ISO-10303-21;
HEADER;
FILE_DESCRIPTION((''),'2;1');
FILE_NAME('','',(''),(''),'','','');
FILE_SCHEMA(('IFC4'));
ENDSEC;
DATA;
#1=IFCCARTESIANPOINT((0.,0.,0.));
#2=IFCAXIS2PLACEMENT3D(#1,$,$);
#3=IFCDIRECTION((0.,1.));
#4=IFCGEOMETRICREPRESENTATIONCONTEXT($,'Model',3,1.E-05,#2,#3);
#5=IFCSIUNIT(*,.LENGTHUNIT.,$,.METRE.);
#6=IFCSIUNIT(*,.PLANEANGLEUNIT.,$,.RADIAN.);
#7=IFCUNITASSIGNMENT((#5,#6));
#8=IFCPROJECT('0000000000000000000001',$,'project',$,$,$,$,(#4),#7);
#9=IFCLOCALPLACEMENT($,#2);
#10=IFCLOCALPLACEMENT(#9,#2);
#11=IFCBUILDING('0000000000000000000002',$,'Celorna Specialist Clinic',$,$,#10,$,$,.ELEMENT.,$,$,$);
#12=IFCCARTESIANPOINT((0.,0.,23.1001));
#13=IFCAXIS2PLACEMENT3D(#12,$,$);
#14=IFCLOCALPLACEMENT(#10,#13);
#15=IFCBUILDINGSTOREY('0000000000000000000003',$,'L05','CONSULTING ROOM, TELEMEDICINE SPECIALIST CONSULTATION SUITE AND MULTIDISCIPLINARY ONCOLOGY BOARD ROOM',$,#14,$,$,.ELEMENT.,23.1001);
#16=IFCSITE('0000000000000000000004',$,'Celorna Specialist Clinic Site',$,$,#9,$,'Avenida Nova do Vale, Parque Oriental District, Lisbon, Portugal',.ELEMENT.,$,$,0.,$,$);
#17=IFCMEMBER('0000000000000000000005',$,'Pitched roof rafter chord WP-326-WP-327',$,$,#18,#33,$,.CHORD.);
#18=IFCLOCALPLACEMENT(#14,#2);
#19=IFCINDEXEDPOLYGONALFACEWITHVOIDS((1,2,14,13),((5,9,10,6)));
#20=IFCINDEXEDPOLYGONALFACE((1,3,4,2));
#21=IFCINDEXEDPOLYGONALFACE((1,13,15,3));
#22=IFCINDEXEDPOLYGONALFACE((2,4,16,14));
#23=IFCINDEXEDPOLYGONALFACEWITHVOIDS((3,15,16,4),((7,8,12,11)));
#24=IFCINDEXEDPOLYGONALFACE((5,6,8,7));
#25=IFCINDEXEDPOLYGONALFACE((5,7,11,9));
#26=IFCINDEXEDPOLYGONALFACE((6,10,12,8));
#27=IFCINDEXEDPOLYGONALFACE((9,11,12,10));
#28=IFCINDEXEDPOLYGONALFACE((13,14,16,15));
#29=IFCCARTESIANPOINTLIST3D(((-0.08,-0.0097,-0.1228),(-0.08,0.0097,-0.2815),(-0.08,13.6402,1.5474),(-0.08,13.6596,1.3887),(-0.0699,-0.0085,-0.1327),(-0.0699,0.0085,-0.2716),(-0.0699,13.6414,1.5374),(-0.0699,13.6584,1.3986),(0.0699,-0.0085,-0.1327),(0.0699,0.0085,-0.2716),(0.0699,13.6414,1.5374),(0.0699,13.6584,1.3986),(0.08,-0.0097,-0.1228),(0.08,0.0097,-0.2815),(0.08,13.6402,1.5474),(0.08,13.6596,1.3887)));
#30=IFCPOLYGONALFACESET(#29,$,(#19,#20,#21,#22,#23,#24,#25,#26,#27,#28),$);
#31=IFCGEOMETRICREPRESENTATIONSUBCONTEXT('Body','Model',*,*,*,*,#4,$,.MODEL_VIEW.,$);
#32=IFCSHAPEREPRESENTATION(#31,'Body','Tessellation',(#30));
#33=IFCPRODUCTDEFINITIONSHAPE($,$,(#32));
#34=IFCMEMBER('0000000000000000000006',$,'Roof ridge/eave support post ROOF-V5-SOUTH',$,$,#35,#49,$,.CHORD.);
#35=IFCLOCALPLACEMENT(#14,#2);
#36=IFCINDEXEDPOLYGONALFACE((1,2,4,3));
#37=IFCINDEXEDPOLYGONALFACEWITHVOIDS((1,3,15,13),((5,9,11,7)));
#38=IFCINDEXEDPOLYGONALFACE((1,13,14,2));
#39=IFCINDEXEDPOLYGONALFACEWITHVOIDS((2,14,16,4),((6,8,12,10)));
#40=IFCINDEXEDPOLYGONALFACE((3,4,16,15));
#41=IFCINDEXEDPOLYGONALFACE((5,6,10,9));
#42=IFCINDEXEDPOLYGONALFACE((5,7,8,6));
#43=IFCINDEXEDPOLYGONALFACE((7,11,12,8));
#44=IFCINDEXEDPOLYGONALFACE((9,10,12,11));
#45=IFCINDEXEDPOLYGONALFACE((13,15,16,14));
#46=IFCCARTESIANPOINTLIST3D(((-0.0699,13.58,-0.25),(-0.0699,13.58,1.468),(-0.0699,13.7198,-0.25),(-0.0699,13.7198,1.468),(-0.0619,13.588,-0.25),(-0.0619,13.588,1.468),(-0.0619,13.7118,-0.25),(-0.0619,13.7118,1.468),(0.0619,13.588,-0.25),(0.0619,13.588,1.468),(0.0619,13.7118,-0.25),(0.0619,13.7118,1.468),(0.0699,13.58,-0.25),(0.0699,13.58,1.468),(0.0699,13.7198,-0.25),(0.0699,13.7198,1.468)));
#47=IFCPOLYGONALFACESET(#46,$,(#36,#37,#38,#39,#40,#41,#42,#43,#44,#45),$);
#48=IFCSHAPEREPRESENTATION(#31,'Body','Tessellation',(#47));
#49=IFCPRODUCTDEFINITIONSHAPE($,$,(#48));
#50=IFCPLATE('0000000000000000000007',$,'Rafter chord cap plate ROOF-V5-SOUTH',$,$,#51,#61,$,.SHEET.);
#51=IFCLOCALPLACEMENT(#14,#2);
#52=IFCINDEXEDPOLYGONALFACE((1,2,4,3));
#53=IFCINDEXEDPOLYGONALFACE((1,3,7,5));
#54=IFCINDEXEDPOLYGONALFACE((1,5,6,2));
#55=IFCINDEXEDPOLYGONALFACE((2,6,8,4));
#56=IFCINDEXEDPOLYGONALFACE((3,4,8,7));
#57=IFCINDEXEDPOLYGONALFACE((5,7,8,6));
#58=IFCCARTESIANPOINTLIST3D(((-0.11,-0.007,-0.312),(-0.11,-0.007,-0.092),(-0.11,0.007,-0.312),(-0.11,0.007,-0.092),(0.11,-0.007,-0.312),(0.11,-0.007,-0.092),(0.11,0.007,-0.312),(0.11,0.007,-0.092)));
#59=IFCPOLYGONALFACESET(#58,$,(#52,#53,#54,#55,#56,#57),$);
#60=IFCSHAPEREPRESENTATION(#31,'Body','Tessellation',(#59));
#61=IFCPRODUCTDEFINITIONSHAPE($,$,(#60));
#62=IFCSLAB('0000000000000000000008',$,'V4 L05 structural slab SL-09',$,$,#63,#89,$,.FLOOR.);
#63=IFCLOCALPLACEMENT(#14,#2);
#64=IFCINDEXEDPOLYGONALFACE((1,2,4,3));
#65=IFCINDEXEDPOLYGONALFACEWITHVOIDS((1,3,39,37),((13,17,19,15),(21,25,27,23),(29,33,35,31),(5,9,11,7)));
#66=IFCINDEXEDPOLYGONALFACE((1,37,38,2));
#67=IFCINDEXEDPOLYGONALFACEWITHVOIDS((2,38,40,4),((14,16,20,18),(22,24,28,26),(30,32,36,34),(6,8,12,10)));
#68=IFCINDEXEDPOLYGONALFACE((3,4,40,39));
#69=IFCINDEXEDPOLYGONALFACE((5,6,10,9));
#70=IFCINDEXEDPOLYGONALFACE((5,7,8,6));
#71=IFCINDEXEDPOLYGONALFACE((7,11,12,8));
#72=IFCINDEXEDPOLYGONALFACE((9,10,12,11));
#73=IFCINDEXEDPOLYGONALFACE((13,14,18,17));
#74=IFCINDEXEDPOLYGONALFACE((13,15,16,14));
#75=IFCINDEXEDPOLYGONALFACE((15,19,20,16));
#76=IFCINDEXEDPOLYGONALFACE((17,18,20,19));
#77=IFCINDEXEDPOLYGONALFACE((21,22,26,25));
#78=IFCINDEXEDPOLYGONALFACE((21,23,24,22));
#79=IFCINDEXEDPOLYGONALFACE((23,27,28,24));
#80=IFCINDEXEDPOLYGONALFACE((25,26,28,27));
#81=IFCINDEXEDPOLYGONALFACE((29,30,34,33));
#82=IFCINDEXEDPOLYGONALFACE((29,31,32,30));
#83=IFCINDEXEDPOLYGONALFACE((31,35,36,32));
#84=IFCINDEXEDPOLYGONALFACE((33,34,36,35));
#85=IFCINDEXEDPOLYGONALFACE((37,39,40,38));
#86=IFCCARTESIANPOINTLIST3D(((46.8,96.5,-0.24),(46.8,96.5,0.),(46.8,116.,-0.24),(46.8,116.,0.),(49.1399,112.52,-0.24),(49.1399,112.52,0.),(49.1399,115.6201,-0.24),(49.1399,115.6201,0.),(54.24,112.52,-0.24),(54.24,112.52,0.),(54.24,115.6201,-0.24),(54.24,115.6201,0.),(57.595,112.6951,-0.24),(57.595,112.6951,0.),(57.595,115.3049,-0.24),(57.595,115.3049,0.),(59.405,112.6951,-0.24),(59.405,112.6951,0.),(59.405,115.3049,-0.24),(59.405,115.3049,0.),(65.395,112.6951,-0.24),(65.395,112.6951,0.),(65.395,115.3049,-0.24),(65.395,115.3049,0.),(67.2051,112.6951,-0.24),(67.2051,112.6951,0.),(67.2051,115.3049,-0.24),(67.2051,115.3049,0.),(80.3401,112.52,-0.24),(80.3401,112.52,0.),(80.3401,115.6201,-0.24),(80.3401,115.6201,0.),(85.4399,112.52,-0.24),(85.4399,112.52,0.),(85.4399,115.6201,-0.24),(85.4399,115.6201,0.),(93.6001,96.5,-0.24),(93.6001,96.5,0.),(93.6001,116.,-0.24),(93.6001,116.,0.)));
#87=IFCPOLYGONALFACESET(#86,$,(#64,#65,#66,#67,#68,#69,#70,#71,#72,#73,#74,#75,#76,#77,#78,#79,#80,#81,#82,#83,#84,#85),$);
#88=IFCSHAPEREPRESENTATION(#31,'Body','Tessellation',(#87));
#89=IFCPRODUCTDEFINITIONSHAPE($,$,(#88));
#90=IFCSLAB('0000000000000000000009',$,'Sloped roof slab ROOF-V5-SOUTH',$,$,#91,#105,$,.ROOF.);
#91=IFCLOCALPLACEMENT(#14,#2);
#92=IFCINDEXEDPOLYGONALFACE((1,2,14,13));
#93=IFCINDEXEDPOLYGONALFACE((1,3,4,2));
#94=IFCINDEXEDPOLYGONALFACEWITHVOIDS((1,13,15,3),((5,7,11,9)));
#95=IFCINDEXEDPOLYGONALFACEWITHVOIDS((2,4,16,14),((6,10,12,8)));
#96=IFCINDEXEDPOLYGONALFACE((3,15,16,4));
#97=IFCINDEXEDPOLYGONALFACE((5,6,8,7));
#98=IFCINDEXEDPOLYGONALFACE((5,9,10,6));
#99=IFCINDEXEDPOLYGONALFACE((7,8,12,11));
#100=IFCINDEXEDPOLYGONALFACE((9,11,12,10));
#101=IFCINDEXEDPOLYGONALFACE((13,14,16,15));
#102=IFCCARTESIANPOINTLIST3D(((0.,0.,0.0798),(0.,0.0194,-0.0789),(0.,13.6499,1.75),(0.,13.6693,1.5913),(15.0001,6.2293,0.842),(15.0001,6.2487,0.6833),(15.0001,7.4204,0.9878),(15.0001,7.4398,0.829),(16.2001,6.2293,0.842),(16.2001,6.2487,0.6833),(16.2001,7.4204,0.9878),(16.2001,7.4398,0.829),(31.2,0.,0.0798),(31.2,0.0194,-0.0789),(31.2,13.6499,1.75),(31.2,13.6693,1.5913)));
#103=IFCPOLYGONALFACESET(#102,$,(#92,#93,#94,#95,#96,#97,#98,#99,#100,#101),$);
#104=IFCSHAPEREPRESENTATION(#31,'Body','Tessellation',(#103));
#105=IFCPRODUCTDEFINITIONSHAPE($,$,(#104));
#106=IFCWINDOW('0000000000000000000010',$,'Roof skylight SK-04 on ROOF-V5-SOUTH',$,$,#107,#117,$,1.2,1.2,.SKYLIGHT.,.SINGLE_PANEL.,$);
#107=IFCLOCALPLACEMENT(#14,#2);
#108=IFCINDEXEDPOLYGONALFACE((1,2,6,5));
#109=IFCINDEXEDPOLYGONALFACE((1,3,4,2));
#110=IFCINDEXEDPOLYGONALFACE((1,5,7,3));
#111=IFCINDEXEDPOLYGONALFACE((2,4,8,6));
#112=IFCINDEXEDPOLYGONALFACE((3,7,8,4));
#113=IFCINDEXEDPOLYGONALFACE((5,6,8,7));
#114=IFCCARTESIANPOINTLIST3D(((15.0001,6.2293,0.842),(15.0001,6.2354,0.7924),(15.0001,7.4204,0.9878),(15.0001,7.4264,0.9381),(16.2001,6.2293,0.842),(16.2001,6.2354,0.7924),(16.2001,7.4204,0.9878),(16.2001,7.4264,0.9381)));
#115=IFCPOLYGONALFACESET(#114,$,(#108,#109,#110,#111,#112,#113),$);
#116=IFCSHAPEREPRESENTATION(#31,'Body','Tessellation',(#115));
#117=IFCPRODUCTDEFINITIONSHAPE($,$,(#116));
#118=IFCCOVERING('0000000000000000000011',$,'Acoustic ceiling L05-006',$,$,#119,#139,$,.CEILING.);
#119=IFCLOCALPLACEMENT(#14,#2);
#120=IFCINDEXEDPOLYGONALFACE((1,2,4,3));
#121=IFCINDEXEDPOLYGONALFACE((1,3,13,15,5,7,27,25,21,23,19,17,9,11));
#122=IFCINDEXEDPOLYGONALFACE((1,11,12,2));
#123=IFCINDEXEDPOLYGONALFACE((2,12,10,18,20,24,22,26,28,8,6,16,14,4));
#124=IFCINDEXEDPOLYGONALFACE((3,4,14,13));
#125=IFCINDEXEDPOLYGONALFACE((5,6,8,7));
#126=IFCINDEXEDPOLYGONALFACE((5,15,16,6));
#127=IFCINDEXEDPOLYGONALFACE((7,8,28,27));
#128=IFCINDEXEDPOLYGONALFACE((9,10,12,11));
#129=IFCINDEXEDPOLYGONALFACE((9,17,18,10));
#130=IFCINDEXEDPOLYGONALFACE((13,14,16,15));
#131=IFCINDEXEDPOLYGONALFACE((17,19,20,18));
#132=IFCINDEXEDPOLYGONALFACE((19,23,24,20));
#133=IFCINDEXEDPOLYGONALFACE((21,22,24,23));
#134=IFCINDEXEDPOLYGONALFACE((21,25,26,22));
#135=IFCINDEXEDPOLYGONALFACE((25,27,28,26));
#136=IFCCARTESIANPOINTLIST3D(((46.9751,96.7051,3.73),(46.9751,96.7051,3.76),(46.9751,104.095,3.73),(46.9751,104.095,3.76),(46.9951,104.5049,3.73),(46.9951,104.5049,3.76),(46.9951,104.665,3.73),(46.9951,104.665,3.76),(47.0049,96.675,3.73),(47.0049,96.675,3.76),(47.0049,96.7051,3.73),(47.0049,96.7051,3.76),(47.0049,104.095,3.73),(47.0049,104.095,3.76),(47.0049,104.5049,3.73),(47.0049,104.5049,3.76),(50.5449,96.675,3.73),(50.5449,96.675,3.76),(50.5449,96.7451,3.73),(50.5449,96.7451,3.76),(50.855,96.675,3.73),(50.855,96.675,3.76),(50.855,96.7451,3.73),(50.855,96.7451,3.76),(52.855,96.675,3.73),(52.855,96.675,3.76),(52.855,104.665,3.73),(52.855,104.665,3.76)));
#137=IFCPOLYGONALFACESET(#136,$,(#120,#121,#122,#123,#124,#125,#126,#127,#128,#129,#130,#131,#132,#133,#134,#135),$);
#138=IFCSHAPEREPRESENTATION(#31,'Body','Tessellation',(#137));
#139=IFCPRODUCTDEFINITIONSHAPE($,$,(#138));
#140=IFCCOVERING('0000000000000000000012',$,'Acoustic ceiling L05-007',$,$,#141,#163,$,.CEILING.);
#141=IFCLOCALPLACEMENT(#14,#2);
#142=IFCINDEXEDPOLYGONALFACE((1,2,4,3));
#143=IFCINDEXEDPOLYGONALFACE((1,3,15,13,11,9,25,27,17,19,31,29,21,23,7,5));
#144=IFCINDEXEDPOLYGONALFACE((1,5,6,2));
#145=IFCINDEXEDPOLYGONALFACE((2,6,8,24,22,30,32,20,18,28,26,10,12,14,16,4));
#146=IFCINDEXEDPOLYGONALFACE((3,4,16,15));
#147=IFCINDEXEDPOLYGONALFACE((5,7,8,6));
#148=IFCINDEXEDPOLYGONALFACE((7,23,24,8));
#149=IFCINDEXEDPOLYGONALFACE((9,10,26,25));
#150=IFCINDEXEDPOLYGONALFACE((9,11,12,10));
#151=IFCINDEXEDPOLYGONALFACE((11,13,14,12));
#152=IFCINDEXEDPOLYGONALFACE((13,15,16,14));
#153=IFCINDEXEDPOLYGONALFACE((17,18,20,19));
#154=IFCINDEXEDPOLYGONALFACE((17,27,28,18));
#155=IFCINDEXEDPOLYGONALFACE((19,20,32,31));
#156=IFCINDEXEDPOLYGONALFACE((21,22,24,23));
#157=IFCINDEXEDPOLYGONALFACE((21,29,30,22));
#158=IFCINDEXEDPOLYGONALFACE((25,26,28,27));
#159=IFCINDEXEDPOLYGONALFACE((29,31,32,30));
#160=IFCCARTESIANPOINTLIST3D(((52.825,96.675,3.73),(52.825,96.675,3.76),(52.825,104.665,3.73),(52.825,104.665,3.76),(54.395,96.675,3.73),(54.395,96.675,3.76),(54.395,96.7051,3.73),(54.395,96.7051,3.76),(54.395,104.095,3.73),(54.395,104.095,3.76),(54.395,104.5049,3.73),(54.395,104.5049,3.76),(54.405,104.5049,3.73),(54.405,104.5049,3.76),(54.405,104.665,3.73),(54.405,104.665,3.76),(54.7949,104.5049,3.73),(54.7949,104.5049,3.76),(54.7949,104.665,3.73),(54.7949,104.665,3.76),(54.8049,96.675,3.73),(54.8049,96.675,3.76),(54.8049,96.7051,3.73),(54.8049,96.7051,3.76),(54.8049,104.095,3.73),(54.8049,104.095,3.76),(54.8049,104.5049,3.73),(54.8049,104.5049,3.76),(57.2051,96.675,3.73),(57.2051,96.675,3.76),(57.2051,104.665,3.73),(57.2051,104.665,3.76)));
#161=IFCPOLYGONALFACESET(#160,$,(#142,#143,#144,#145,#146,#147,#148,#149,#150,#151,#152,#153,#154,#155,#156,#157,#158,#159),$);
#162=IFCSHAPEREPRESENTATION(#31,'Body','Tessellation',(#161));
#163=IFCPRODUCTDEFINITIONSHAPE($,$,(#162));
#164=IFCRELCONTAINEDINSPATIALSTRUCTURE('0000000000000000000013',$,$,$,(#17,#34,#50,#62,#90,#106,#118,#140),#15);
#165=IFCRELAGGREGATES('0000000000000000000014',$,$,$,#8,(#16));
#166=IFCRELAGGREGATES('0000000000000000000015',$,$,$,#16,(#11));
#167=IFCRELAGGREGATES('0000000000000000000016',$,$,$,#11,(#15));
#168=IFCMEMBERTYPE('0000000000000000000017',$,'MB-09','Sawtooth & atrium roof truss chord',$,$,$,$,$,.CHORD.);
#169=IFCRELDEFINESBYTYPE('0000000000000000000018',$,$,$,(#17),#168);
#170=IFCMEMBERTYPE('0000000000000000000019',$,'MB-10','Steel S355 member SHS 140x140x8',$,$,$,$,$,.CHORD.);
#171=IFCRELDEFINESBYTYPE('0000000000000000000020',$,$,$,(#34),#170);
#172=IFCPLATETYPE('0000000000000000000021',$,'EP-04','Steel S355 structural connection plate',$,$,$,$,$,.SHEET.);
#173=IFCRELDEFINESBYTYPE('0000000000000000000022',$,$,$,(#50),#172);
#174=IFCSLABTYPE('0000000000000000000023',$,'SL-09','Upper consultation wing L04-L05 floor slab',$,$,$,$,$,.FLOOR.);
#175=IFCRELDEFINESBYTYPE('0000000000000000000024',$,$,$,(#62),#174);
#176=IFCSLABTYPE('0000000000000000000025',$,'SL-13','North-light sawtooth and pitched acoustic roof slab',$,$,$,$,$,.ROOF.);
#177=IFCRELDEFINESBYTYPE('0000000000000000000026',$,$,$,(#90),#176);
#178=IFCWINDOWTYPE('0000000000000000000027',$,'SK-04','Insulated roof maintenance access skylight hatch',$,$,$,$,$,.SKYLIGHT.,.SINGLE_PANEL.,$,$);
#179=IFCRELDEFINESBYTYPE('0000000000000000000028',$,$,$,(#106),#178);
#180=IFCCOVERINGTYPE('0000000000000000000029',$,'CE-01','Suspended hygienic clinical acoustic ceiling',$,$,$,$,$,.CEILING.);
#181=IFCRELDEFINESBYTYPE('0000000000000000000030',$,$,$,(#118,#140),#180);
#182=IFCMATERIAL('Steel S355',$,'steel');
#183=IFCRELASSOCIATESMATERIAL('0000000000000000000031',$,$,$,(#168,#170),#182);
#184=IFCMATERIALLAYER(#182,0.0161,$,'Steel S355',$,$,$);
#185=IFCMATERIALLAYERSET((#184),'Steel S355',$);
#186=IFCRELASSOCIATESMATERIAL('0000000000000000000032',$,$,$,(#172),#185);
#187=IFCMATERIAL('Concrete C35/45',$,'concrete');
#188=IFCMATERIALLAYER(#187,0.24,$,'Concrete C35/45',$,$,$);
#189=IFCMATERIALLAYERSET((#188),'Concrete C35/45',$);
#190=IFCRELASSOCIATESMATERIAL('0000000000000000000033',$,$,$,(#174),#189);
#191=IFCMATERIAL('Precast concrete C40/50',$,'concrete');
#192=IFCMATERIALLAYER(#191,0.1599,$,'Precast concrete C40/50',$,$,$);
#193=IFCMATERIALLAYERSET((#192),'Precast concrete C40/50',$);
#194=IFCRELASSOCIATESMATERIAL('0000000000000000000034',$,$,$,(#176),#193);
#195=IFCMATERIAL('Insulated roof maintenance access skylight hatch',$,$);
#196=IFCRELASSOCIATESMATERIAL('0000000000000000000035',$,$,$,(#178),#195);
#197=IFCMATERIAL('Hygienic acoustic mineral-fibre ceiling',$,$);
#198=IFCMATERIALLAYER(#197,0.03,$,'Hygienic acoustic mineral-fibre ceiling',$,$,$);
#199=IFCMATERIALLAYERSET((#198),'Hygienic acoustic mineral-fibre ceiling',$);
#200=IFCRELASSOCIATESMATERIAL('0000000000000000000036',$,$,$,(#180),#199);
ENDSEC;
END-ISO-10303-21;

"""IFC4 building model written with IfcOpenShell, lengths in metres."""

from ifc_helpers import new_model, si_unit, direction, frame, origin, origin_2d, place, context, subcontext, project, spatial, polyline, rectangle, hollow_rectangle, outline, extrude, material, layer, layer_set, material_profile, profile_set, type_object, element, fill, save


model = new_model("IFC4")

# Units and contexts
model_context = context("Model", 3, precision=1e-05, world=origin(), true_north=direction((0.0, 1.0)))
body_context = subcontext(model_context, "Body", "Model", "MODEL_VIEW")
ifc_project = project(units=[si_unit("LENGTHUNIT", "METRE"), si_unit("PLANEANGLEUNIT", "RADIAN")], contexts=[model_context])

# Site, building, storey
site_placement = place(None, origin())
site = spatial("IfcSite", under=ifc_project, at=site_placement, Name="Celorna Specialist Clinic Site", LongName="Avenida Nova do Vale, Parque Oriental District, Lisbon, Portugal", CompositionType="ELEMENT", RefElevation=0.0)
building_placement = place(site_placement, origin())
building = spatial("IfcBuilding", under=site, at=building_placement, Name="Celorna Specialist Clinic", CompositionType="ELEMENT")
storey_placement = place(building_placement, frame((0.0, 0.0, 23.1001)))
storey = spatial("IfcBuildingStorey", under=building, at=storey_placement, Name="L05", Description="CONSULTING ROOM, TELEMEDICINE SPECIALIST CONSULTATION SUITE AND MULTIDISCIPLINARY ONCOLOGY BOARD ROOM", CompositionType="ELEMENT", Elevation=23.1001)

# Shared definitions
ifc_material_1 = material(Name="Steel S355", Category="steel")

# Members
ifc_material_profile_1 = material_profile(ifc_material_1, hollow_rectangle(XDim=0.1599, YDim=0.1599, WallThickness=0.01, at=origin_2d()), Name="SHS 160x160x10")
ifc_profile_set_1 = profile_set([ifc_material_profile_1], Name="Steel S355")
member_type_1 = type_object("IfcMemberType", Name="MB-09", Description="Sawtooth & atrium roof truss chord", PredefinedType="CHORD", material=ifc_profile_set_1)
member_1_placement = place(storey_placement, frame((0.0, 0.0, -0.2021), z_axis=(0.0, 0.992597, 0.121452), x_axis=(-1.0, 0.0, 0.0)))
element("IfcMember", 1, at=member_1_placement, inside=storey, type_object=member_type_1, Name="Pitched roof rafter chord WP-326-WP-327", PredefinedType="CHORD", context=body_context, shape_type="SweptSolid", body=[
    extrude(hollow_rectangle(XDim=0.1599, YDim=0.1599, WallThickness=0.01, at=origin_2d()), origin(), (0.0, 0.0, 1.0), 13.7517),
])
ifc_material_profile_2 = material_profile(ifc_material_1, hollow_rectangle(XDim=0.1399, YDim=0.1399, WallThickness=0.0081, at=origin_2d()), Name="SHS 140x140x8")
ifc_profile_set_2 = profile_set([ifc_material_profile_2], Name="Steel S355")
member_type_2 = type_object("IfcMemberType", Name="MB-10", Description="Steel S355 member SHS 140x140x8", PredefinedType="CHORD", material=ifc_profile_set_2)
member_2_placement = place(storey_placement, frame((0.0, 13.6499, -0.25), z_axis=(0.0, 0.0, 1.0), x_axis=(1.0, 0.0, 0.0)))
element("IfcMember", 2, at=member_2_placement, inside=storey, type_object=member_type_2, Name="Roof ridge/eave support post ROOF-V5-SOUTH", PredefinedType="CHORD", context=body_context, shape_type="SweptSolid", body=[
    extrude(hollow_rectangle(XDim=0.1399, YDim=0.1399, WallThickness=0.0081, at=origin_2d()), origin(), (0.0, 0.0, 1.0), 1.718),
])

# Plate
ifc_layer_1 = layer(ifc_material_1, 0.0161, Name="Steel S355")
ifc_layer_set_1 = layer_set([ifc_layer_1], Name="Steel S355")
plate_type = type_object("IfcPlateType", Name="EP-04", Description="Steel S355 structural connection plate", PredefinedType="SHEET", material=ifc_layer_set_1)
plate_placement = place(storey_placement, frame((0.0, 0.0, -0.312), z_axis=(0.0, 0.0, 1.0), x_axis=(1.0, 0.0, 0.0)))
element("IfcPlate", 3, at=plate_placement, inside=storey, type_object=plate_type, Name="Rafter chord cap plate ROOF-V5-SOUTH", PredefinedType="SHEET", context=body_context, shape_type="SweptSolid", body=[
    extrude(rectangle(XDim=0.22, YDim=0.0139, at=origin_2d()), origin(), (0.0, 0.0, 1.0), 0.22),
])

# Slab
ifc_material_2 = material(Name="Concrete C35/45", Category="concrete")
ifc_layer_2 = layer(ifc_material_2, 0.24, Name="Concrete C35/45")
ifc_layer_set_2 = layer_set([ifc_layer_2], Name="Concrete C35/45")
slab_type_1 = type_object("IfcSlabType", Name="SL-09", Description="Upper consultation wing L04-L05 floor slab", PredefinedType="FLOOR", material=ifc_layer_set_2)
slab_1_placement = place(storey_placement, frame((0.0, 0.0, -0.24)))
element("IfcSlab", 4, at=slab_1_placement, inside=storey, type_object=slab_type_1, Name="V4 L05 structural slab SL-09", PredefinedType="FLOOR", context=body_context, shape_type="SweptSolid", body=[
    extrude(outline(polyline([(93.6001, 96.5), (93.6001, 116.0), (46.8, 116.0), (46.8, 96.5), (93.6001, 96.5)]), holes=[polyline([(49.1399, 112.52), (54.24, 112.52), (54.24, 115.6201), (49.1399, 115.6201), (49.1399, 112.52)]), polyline([(80.3401, 112.52), (85.4399, 112.52), (85.4399, 115.6201), (80.3401, 115.6201), (80.3401, 112.52)]), polyline([(57.595, 112.6951), (59.405, 112.6951), (59.405, 115.3049), (57.595, 115.3049), (57.595, 112.6951)]), polyline([(65.395, 112.6951), (67.2051, 112.6951), (67.2051, 115.3049), (65.395, 115.3049), (65.395, 112.6951)])]), origin(), (0.0, 0.0, 1.0), 0.24),
])

# Slab, opening, window
ifc_material_3 = material(Name="Precast concrete C40/50", Category="concrete")
ifc_layer_3 = layer(ifc_material_3, 0.1599, Name="Precast concrete C40/50")
ifc_layer_set_3 = layer_set([ifc_layer_3], Name="Precast concrete C40/50")
slab_type_2 = type_object("IfcSlabType", Name="SL-13", Description="North-light sawtooth and pitched acoustic roof slab", PredefinedType="ROOF", material=ifc_layer_set_3)
slab_2_placement = place(storey_placement, frame((0.0, 0.0, 0.0798), z_axis=(0.0, -0.121452, 0.992597), x_axis=(1.0, 0.0, 0.0)))
slab_2 = element("IfcSlab", 5, at=slab_2_placement, inside=storey, type_object=slab_type_2, Name="Sloped roof slab ROOF-V5-SOUTH", PredefinedType="ROOF", context=body_context, shape_type="SweptSolid", body=[
    extrude(outline(polyline([(0.0, 0.0), (31.2, 0.0), (31.2, 13.7517), (0.0, 13.7517), (0.0, 0.0)])), origin(), (0.0, 0.0, -1.0), 0.1599),
])
opening_placement = place(slab_2_placement, frame((15.6001, 6.8757, 0.01)))
opening = element("IfcOpeningElement", 6, at=opening_placement, cuts=slab_2, PredefinedType="OPENING", context=body_context, shape_type="SweptSolid", body=[
    extrude(rectangle(XDim=1.2, YDim=1.2, at=origin_2d()), origin(), (0.0, 0.0, -1.0), 0.1799),
])
ifc_material_4 = material(Name="Insulated roof maintenance access skylight hatch")
window_type = type_object("IfcWindowType", Name="SK-04", Description="Insulated roof maintenance access skylight hatch", PartitioningType="SINGLE_PANEL", PredefinedType="SKYLIGHT", material=ifc_material_4)
window_placement = place(opening_placement, frame((0.0, 0.0, -0.01)))
window = element("IfcWindow", 7, at=window_placement, inside=storey, type_object=window_type, Name="Roof skylight SK-04 on ROOF-V5-SOUTH", OverallHeight=1.2, OverallWidth=1.2, PartitioningType="SINGLE_PANEL", PredefinedType="SKYLIGHT", context=body_context, shape_type="SweptSolid", body=[
    extrude(rectangle(XDim=1.2, YDim=1.2, at=origin_2d()), origin(), (0.0, 0.0, -1.0), 0.05),
])
fill(opening, window)

# Coverings
ifc_material_5 = material(Name="Hygienic acoustic mineral-fibre ceiling")
ifc_layer_4 = layer(ifc_material_5, 0.03, Name="Hygienic acoustic mineral-fibre ceiling")
ifc_layer_set_4 = layer_set([ifc_layer_4], Name="Hygienic acoustic mineral-fibre ceiling")
covering_type_1 = type_object("IfcCoveringType", Name="CE-01", Description="Suspended hygienic clinical acoustic ceiling", PredefinedType="CEILING", material=ifc_layer_set_4)
covering_1_placement = place(storey_placement, frame((0.0, 0.0, 3.73)))
element("IfcCovering", 8, at=covering_1_placement, inside=storey, type_object=covering_type_1, Name="Acoustic ceiling L05-006", PredefinedType="CEILING", context=body_context, shape_type="SweptSolid", body=[
    extrude(outline(polyline([(46.9751, 104.095), (47.0049, 104.095), (47.0049, 104.5049), (46.9951, 104.5049), (46.9951, 104.665), (52.855, 104.665), (52.855, 96.675), (50.855, 96.675), (50.855, 96.7451), (50.5449, 96.7451), (50.5449, 96.675), (47.0049, 96.675), (47.0049, 96.7051), (46.9751, 96.7051), (46.9751, 104.095)])), origin(), (0.0, 0.0, 1.0), 0.03),
])
covering_2_placement = place(storey_placement, frame((0.0, 0.0, 3.73)))
element("IfcCovering", 9, at=covering_2_placement, inside=storey, type_object=covering_type_1, Name="Acoustic ceiling L05-007", PredefinedType="CEILING", context=body_context, shape_type="SweptSolid", body=[
    extrude(outline(polyline([(54.405, 104.665), (54.405, 104.5049), (54.395, 104.5049), (54.395, 104.095), (54.8049, 104.095), (54.8049, 104.5049), (54.7949, 104.5049), (54.7949, 104.665), (57.2051, 104.665), (57.2051, 96.675), (54.8049, 96.675), (54.8049, 96.7051), (54.395, 96.7051), (54.395, 96.675), (52.825, 96.675), (52.825, 104.665), (54.405, 104.665)])), origin(), (0.0, 0.0, 1.0), 0.03),
])

save(model, "model.ifc")
